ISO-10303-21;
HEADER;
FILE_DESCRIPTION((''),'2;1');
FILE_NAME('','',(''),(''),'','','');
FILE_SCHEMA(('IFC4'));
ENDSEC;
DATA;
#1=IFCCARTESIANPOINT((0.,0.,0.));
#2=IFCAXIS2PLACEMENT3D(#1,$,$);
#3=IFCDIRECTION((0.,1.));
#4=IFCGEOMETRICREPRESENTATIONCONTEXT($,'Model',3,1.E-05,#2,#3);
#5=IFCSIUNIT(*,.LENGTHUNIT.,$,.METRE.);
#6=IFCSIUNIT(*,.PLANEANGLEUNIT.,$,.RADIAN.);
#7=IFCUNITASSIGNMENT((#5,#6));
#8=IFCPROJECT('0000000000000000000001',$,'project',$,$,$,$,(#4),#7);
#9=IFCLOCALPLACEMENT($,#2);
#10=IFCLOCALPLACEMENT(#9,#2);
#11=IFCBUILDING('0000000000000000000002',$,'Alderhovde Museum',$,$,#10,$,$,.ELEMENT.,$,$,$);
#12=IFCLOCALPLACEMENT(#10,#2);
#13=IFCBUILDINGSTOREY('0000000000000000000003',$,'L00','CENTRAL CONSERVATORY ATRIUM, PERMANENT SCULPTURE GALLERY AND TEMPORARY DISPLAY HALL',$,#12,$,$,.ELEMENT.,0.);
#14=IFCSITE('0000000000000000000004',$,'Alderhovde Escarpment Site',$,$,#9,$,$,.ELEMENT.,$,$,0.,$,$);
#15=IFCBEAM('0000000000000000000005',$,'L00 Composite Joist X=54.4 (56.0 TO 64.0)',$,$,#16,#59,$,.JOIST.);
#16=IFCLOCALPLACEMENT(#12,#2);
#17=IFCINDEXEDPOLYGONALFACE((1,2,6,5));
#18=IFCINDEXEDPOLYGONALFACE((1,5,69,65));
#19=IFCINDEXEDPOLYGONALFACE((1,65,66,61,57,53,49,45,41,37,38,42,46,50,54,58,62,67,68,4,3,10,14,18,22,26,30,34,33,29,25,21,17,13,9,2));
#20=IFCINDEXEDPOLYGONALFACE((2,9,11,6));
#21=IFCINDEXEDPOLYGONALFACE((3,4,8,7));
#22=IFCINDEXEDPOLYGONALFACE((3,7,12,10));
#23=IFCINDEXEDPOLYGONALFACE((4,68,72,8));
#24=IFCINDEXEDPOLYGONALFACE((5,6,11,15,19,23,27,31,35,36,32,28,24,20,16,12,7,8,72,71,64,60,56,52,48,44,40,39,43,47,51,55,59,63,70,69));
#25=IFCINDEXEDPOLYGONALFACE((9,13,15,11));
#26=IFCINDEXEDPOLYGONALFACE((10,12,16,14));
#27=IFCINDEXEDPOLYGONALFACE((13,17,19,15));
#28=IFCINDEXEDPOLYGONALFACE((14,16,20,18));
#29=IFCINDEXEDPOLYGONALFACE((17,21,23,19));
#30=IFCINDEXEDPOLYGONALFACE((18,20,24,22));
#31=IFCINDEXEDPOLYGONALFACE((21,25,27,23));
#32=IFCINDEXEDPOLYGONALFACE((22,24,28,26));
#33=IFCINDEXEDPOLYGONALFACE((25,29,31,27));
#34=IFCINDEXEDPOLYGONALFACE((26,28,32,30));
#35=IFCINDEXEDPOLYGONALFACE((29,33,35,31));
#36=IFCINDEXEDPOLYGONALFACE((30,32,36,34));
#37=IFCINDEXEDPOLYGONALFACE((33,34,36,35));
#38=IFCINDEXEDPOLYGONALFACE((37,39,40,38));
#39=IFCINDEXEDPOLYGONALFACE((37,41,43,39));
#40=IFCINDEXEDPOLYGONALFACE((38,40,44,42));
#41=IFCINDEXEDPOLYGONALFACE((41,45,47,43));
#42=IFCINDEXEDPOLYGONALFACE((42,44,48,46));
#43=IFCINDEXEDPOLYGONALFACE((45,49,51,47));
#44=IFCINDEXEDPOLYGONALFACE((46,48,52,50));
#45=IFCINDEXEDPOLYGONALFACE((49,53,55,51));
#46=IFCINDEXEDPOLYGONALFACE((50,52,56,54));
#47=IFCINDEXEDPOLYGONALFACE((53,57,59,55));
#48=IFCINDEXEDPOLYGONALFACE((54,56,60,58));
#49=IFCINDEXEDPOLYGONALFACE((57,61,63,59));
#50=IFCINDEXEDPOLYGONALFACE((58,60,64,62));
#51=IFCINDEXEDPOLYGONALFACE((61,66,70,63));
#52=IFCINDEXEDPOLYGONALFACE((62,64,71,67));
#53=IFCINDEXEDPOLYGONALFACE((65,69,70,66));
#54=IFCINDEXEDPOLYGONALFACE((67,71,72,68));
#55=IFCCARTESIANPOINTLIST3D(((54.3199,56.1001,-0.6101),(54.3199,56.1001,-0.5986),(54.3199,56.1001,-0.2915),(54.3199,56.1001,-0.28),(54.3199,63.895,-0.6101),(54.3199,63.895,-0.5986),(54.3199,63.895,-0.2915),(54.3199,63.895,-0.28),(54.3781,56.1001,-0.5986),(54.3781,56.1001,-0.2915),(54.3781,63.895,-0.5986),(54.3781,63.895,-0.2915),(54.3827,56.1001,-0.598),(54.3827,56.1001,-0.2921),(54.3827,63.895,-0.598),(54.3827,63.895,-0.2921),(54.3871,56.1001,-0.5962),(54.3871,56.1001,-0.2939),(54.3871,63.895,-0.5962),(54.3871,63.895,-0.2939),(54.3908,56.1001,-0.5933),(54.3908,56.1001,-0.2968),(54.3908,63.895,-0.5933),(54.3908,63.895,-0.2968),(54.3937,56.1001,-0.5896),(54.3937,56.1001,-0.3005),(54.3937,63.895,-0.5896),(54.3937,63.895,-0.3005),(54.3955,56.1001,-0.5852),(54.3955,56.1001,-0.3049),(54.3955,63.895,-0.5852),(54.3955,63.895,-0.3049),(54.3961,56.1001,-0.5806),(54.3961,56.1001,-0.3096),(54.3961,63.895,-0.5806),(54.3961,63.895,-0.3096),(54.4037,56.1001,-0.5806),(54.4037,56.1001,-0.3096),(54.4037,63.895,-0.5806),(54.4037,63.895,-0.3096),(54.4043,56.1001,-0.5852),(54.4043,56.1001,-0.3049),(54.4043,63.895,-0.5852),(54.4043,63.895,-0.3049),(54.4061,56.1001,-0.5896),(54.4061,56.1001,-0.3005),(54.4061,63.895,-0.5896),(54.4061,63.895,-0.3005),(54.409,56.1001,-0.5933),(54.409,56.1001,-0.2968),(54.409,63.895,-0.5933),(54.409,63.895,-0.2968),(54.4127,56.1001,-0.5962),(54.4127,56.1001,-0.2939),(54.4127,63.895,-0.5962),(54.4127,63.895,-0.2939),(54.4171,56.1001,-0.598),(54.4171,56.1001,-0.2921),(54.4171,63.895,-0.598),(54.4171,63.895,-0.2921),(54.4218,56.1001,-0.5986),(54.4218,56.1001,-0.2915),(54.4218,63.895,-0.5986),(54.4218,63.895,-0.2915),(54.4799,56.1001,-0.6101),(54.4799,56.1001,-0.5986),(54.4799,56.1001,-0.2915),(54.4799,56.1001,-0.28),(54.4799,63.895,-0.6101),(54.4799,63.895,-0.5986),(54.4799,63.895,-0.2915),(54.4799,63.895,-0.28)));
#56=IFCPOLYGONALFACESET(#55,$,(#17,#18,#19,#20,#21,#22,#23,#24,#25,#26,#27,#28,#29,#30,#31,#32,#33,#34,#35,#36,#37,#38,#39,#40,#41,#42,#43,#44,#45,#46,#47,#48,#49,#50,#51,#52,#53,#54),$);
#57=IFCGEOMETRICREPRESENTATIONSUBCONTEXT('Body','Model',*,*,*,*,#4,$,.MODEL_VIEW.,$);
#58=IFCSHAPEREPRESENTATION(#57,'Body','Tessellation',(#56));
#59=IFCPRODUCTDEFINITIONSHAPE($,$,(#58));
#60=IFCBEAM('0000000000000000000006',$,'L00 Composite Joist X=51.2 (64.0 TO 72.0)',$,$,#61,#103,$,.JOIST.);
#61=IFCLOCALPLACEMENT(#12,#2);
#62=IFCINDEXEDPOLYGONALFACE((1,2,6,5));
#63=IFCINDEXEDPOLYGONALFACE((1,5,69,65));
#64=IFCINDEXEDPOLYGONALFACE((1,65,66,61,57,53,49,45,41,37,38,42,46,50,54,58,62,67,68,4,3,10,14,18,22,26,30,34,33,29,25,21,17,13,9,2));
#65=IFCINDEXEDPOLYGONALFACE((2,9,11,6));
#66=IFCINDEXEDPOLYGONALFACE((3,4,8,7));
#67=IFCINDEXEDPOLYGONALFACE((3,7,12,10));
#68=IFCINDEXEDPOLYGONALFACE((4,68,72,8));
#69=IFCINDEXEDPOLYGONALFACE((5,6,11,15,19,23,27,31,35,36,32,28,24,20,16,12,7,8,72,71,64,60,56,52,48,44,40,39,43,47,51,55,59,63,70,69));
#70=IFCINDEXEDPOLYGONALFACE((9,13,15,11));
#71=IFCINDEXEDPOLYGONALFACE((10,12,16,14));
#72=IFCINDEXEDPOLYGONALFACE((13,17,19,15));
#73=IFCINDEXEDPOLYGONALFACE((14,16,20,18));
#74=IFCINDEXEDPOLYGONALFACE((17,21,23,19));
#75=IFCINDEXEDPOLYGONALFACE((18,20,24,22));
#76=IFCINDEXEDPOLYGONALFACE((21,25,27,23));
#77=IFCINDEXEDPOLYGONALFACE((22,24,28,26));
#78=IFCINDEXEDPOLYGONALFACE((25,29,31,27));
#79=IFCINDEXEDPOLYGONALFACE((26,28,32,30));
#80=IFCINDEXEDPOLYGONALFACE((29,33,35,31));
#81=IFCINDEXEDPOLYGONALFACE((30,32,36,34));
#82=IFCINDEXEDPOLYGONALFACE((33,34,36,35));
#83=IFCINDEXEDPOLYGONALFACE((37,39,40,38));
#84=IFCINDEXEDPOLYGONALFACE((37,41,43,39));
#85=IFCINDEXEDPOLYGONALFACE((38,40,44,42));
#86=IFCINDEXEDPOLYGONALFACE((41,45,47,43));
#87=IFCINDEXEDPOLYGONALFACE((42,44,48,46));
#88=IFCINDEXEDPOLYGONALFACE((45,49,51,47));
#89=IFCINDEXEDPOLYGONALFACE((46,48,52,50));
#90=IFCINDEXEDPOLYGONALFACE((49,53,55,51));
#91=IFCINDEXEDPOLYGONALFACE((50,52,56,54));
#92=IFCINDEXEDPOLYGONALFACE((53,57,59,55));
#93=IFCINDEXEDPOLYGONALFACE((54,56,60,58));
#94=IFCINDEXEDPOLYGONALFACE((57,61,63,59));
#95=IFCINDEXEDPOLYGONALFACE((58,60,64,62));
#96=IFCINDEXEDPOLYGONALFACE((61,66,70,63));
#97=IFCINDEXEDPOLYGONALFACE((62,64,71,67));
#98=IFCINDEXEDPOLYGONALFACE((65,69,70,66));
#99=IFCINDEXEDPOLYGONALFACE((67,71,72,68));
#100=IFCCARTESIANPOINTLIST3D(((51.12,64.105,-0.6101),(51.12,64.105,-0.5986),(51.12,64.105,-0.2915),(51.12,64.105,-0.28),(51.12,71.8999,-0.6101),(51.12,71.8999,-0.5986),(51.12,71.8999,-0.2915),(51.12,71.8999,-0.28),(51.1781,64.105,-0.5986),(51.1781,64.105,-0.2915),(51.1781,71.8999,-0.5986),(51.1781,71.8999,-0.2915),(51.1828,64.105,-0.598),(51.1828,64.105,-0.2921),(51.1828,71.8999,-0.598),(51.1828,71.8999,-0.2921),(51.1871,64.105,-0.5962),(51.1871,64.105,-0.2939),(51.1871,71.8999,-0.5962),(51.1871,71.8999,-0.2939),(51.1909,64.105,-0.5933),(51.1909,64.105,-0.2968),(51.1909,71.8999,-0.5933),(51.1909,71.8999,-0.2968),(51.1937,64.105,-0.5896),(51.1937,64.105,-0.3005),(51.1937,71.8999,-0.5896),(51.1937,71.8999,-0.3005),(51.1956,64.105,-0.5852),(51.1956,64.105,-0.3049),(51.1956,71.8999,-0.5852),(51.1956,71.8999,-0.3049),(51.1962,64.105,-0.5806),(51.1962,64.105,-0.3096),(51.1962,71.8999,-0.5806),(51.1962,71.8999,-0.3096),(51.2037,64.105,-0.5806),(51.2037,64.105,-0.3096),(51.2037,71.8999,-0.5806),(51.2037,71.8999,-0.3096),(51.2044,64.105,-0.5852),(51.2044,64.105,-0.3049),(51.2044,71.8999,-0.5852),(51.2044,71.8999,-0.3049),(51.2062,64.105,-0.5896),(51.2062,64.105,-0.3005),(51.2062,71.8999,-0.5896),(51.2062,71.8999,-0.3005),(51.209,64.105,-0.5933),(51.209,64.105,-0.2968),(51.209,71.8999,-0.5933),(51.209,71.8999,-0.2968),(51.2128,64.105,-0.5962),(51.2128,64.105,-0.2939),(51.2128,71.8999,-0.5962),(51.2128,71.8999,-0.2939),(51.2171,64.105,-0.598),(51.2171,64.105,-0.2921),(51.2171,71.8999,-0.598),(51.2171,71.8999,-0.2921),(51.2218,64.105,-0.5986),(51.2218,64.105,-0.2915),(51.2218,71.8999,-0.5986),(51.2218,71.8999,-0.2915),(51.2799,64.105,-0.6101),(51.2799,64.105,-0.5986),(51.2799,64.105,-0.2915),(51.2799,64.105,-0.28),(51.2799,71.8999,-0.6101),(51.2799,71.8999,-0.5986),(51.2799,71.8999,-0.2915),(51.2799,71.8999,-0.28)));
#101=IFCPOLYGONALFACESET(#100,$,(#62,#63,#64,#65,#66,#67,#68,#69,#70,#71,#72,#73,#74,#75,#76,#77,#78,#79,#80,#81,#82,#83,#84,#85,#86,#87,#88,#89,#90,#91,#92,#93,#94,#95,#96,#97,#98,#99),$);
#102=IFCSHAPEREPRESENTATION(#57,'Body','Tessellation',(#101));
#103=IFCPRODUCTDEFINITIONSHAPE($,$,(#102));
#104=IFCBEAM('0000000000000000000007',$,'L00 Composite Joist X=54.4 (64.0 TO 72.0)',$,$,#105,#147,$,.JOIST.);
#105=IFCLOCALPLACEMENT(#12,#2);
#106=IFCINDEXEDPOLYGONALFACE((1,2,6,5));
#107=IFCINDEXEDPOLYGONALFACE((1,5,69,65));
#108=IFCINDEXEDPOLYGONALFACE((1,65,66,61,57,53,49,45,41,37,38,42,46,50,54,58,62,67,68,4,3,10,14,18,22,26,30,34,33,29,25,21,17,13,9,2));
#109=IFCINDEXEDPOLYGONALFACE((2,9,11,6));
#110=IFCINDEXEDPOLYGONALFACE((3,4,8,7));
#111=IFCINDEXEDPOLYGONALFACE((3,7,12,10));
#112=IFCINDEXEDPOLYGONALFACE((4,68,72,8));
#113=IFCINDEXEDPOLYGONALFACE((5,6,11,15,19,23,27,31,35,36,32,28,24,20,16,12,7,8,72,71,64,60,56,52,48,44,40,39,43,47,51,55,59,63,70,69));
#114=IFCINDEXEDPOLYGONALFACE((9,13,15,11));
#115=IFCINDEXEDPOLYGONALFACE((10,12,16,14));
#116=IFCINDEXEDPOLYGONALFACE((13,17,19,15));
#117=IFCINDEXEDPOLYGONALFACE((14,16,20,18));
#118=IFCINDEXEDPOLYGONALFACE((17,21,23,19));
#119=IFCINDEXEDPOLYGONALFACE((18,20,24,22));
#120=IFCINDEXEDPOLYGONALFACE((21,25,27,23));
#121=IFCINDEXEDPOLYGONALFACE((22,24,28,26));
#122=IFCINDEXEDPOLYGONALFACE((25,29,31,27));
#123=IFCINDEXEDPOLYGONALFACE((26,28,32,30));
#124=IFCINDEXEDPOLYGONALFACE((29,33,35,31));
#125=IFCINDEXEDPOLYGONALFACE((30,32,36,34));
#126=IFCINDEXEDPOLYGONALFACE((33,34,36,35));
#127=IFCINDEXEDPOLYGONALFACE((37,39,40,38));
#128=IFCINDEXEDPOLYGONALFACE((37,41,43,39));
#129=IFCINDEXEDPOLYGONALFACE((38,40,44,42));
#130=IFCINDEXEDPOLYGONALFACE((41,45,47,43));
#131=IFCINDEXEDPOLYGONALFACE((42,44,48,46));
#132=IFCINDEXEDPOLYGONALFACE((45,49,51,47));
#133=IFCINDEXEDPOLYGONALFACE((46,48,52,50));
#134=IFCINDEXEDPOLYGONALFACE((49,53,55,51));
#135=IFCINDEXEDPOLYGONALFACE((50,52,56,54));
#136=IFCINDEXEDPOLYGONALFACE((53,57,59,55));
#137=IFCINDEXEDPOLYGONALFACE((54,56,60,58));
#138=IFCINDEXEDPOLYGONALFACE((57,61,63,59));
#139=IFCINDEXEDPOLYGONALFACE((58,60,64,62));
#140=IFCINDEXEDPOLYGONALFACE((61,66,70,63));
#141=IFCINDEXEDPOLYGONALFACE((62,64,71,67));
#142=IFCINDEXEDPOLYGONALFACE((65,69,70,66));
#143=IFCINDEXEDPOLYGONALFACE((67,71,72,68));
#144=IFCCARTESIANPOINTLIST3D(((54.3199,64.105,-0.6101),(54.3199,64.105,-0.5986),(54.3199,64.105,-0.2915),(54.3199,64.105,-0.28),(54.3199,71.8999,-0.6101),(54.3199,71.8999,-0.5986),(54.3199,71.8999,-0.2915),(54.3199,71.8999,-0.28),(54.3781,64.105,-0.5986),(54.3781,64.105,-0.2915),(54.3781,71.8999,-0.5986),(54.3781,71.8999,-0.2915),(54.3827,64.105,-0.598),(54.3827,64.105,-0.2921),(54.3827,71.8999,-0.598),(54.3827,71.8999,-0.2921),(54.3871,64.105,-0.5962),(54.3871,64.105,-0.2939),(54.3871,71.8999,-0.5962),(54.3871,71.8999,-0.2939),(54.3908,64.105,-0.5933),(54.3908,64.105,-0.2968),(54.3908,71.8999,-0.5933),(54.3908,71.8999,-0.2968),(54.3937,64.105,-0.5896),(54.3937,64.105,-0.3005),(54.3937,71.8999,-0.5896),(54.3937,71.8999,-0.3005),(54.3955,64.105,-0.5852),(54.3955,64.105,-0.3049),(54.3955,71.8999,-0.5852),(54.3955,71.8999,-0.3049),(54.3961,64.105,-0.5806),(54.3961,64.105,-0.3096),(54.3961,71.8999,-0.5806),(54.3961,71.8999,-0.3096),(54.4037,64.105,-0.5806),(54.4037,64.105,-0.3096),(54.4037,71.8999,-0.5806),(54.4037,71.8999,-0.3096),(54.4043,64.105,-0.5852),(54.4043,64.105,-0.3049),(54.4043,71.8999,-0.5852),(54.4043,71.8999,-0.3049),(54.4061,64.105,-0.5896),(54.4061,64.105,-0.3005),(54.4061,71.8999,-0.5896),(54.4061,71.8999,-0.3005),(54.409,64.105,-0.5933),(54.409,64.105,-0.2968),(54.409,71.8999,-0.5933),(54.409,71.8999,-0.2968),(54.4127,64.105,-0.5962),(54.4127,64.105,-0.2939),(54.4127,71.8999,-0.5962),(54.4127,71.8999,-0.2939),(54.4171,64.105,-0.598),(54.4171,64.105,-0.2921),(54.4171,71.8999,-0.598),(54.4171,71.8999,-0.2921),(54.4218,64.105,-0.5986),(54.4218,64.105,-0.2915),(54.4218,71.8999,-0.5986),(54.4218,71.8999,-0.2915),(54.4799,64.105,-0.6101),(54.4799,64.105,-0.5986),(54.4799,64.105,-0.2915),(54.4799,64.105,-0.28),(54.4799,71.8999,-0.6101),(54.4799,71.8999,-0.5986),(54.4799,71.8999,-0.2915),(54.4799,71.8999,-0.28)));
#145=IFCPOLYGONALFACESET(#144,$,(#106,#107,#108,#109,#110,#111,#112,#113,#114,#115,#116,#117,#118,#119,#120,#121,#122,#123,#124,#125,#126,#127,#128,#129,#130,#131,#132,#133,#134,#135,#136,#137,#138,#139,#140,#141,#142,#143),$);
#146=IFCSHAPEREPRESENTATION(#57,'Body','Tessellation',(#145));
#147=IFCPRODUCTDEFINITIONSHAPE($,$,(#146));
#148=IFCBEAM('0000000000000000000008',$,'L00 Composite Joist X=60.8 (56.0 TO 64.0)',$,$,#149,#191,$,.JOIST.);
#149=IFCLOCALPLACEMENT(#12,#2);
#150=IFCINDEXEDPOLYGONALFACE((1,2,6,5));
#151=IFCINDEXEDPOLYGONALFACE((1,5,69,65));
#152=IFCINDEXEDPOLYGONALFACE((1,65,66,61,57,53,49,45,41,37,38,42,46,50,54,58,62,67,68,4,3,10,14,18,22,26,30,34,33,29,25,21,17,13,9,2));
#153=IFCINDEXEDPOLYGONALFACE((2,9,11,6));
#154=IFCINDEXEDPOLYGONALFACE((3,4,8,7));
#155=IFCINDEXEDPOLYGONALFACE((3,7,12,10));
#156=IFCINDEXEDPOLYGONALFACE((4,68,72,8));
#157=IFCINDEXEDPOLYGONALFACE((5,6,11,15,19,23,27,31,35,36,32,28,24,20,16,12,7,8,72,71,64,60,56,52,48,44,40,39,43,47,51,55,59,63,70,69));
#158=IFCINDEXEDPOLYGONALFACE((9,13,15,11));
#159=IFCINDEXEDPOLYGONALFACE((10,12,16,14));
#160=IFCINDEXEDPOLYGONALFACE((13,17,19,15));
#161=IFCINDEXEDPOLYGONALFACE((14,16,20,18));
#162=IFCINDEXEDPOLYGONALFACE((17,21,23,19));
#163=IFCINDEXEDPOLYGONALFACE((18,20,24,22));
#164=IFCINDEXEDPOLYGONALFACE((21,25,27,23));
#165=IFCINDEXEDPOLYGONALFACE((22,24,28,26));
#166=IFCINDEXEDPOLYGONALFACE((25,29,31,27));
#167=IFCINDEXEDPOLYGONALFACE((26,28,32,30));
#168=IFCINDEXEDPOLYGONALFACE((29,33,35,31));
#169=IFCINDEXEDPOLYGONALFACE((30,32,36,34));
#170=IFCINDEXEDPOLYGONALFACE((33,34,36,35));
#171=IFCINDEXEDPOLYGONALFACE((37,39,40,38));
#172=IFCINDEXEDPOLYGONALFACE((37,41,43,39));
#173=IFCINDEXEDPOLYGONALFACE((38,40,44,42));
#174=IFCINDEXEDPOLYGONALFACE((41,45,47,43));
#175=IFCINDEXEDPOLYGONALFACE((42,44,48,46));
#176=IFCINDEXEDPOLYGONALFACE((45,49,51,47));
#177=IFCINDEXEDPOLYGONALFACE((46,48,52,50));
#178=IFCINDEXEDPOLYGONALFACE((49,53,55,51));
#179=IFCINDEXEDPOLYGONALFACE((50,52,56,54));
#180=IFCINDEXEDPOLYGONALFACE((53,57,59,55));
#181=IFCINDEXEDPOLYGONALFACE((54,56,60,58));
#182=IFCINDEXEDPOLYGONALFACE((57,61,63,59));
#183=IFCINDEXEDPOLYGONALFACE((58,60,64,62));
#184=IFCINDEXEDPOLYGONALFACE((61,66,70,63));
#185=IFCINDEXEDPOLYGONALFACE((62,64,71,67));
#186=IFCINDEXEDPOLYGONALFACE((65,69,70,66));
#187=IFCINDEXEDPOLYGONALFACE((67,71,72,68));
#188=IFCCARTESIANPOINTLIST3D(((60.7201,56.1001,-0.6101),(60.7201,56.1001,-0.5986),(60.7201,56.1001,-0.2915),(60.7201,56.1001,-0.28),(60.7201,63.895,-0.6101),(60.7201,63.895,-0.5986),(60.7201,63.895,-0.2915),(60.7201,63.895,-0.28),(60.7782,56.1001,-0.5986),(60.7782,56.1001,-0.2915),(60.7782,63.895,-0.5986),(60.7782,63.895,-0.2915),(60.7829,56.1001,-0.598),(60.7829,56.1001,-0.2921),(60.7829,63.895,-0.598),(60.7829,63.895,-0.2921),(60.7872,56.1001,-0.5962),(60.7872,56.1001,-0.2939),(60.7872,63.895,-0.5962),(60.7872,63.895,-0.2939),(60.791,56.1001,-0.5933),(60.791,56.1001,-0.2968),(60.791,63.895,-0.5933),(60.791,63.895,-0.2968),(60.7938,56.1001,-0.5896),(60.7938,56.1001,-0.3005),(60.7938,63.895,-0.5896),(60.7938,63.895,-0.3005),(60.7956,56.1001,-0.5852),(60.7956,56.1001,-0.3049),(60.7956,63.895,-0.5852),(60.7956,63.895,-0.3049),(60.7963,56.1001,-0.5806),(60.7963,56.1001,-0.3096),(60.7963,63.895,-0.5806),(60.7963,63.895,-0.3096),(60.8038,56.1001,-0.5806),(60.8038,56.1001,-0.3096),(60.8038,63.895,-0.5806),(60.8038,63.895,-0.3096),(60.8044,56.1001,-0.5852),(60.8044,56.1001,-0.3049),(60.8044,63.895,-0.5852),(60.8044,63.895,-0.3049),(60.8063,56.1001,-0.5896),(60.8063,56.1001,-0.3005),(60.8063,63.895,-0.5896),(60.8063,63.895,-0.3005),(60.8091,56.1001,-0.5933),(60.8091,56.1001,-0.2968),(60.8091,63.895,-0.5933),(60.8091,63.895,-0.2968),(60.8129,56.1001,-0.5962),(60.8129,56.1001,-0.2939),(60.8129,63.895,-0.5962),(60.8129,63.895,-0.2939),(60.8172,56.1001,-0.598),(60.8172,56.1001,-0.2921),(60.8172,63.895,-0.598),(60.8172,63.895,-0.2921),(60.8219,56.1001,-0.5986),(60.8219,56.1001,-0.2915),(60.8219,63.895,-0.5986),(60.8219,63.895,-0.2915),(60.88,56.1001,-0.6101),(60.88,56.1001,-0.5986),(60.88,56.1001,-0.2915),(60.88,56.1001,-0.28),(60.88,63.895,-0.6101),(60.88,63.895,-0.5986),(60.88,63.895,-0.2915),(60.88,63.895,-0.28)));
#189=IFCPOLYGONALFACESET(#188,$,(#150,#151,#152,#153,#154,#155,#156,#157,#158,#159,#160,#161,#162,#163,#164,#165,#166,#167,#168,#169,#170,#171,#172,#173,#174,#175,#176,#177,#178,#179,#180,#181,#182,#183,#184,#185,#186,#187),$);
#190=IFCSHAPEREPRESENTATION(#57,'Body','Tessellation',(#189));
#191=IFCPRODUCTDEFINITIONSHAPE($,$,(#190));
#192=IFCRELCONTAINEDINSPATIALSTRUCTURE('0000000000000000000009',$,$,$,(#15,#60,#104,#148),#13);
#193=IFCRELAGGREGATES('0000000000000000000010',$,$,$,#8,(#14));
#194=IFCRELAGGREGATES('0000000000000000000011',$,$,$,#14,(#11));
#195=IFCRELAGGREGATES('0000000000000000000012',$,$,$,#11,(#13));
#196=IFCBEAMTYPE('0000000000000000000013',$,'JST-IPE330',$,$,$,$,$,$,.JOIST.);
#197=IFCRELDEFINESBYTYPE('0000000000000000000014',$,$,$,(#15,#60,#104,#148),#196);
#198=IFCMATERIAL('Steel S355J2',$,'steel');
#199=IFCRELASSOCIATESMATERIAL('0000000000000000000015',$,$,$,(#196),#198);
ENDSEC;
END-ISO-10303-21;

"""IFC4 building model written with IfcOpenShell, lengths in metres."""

from ifc_helpers import new_model, si_unit, direction, frame, origin, origin_2d, place, context, subcontext, project, spatial, i_section, extrude, material, material_profile, profile_set, type_object, element, save


model = new_model("IFC4")

# Units and contexts
model_context = context("Model", 3, precision=1e-05, world=origin(), true_north=direction((0.0, 1.0)))
body_context = subcontext(model_context, "Body", "Model", "MODEL_VIEW")
ifc_project = project(units=[si_unit("LENGTHUNIT", "METRE"), si_unit("PLANEANGLEUNIT", "RADIAN")], contexts=[model_context])

# Site, building, storey
site_placement = place(None, origin())
site = spatial("IfcSite", under=ifc_project, at=site_placement, Name="Alderhovde Escarpment Site", CompositionType="ELEMENT", RefElevation=0.0)
building_placement = place(site_placement, origin())
building = spatial("IfcBuilding", under=site, at=building_placement, Name="Alderhovde Museum", CompositionType="ELEMENT")
storey_placement = place(building_placement, origin())
storey = spatial("IfcBuildingStorey", under=building, at=storey_placement, Name="L00", Description="CENTRAL CONSERVATORY ATRIUM, PERMANENT SCULPTURE GALLERY AND TEMPORARY DISPLAY HALL", CompositionType="ELEMENT", Elevation=0.0)

# Beams
ifc_material_1 = material(Name="Steel S355J2", Category="steel")
ifc_material_profile_1 = material_profile(ifc_material_1, i_section(OverallWidth=0.1599, OverallDepth=0.3301, WebThickness=0.0076, FlangeThickness=0.0115, FilletRadius=0.0181, at=origin_2d()), Name="IPE 330")
ifc_profile_set_1 = profile_set([ifc_material_profile_1], Name="Steel S355J2")
beam_type_1 = type_object("IfcBeamType", Name="JST-IPE330", PredefinedType="JOIST", material=ifc_profile_set_1)
for number, where, z_axis, x_axis, name in (
    (1, (54.3999, 56.1001, -0.4451), (0.0, 1.0, 0.0), (-1.0, 0.0, 0.0), "L00 Composite Joist X=54.4 (56.0 TO 64.0)"),
    (2, (51.2, 64.105, -0.4451), (0.0, 1.0, 0.0), (-1.0, 0.0, 0.0), "L00 Composite Joist X=51.2 (64.0 TO 72.0)"),
    (3, (54.3999, 64.105, -0.4451), (0.0, 1.0, 0.0), (-1.0, 0.0, 0.0), "L00 Composite Joist X=54.4 (64.0 TO 72.0)"),
    (4, (60.8, 56.1001, -0.4451), (0.0, 1.0, 0.0), (-1.0, 0.0, 0.0), "L00 Composite Joist X=60.8 (56.0 TO 64.0)"),
):
    element("IfcBeam", number, at=place(storey_placement, frame(where, z_axis=z_axis, x_axis=x_axis)), inside=storey, type_object=beam_type_1, Name=name, PredefinedType="JOIST", context=body_context, shape_type="SweptSolid", body=[
        extrude(i_section(OverallWidth=0.1599, OverallDepth=0.3301, WebThickness=0.0076, FlangeThickness=0.0115, FilletRadius=0.0181, at=origin_2d()), origin(), (0.0, 0.0, 1.0), 7.7949),
    ])

save(model, "model.ifc")
